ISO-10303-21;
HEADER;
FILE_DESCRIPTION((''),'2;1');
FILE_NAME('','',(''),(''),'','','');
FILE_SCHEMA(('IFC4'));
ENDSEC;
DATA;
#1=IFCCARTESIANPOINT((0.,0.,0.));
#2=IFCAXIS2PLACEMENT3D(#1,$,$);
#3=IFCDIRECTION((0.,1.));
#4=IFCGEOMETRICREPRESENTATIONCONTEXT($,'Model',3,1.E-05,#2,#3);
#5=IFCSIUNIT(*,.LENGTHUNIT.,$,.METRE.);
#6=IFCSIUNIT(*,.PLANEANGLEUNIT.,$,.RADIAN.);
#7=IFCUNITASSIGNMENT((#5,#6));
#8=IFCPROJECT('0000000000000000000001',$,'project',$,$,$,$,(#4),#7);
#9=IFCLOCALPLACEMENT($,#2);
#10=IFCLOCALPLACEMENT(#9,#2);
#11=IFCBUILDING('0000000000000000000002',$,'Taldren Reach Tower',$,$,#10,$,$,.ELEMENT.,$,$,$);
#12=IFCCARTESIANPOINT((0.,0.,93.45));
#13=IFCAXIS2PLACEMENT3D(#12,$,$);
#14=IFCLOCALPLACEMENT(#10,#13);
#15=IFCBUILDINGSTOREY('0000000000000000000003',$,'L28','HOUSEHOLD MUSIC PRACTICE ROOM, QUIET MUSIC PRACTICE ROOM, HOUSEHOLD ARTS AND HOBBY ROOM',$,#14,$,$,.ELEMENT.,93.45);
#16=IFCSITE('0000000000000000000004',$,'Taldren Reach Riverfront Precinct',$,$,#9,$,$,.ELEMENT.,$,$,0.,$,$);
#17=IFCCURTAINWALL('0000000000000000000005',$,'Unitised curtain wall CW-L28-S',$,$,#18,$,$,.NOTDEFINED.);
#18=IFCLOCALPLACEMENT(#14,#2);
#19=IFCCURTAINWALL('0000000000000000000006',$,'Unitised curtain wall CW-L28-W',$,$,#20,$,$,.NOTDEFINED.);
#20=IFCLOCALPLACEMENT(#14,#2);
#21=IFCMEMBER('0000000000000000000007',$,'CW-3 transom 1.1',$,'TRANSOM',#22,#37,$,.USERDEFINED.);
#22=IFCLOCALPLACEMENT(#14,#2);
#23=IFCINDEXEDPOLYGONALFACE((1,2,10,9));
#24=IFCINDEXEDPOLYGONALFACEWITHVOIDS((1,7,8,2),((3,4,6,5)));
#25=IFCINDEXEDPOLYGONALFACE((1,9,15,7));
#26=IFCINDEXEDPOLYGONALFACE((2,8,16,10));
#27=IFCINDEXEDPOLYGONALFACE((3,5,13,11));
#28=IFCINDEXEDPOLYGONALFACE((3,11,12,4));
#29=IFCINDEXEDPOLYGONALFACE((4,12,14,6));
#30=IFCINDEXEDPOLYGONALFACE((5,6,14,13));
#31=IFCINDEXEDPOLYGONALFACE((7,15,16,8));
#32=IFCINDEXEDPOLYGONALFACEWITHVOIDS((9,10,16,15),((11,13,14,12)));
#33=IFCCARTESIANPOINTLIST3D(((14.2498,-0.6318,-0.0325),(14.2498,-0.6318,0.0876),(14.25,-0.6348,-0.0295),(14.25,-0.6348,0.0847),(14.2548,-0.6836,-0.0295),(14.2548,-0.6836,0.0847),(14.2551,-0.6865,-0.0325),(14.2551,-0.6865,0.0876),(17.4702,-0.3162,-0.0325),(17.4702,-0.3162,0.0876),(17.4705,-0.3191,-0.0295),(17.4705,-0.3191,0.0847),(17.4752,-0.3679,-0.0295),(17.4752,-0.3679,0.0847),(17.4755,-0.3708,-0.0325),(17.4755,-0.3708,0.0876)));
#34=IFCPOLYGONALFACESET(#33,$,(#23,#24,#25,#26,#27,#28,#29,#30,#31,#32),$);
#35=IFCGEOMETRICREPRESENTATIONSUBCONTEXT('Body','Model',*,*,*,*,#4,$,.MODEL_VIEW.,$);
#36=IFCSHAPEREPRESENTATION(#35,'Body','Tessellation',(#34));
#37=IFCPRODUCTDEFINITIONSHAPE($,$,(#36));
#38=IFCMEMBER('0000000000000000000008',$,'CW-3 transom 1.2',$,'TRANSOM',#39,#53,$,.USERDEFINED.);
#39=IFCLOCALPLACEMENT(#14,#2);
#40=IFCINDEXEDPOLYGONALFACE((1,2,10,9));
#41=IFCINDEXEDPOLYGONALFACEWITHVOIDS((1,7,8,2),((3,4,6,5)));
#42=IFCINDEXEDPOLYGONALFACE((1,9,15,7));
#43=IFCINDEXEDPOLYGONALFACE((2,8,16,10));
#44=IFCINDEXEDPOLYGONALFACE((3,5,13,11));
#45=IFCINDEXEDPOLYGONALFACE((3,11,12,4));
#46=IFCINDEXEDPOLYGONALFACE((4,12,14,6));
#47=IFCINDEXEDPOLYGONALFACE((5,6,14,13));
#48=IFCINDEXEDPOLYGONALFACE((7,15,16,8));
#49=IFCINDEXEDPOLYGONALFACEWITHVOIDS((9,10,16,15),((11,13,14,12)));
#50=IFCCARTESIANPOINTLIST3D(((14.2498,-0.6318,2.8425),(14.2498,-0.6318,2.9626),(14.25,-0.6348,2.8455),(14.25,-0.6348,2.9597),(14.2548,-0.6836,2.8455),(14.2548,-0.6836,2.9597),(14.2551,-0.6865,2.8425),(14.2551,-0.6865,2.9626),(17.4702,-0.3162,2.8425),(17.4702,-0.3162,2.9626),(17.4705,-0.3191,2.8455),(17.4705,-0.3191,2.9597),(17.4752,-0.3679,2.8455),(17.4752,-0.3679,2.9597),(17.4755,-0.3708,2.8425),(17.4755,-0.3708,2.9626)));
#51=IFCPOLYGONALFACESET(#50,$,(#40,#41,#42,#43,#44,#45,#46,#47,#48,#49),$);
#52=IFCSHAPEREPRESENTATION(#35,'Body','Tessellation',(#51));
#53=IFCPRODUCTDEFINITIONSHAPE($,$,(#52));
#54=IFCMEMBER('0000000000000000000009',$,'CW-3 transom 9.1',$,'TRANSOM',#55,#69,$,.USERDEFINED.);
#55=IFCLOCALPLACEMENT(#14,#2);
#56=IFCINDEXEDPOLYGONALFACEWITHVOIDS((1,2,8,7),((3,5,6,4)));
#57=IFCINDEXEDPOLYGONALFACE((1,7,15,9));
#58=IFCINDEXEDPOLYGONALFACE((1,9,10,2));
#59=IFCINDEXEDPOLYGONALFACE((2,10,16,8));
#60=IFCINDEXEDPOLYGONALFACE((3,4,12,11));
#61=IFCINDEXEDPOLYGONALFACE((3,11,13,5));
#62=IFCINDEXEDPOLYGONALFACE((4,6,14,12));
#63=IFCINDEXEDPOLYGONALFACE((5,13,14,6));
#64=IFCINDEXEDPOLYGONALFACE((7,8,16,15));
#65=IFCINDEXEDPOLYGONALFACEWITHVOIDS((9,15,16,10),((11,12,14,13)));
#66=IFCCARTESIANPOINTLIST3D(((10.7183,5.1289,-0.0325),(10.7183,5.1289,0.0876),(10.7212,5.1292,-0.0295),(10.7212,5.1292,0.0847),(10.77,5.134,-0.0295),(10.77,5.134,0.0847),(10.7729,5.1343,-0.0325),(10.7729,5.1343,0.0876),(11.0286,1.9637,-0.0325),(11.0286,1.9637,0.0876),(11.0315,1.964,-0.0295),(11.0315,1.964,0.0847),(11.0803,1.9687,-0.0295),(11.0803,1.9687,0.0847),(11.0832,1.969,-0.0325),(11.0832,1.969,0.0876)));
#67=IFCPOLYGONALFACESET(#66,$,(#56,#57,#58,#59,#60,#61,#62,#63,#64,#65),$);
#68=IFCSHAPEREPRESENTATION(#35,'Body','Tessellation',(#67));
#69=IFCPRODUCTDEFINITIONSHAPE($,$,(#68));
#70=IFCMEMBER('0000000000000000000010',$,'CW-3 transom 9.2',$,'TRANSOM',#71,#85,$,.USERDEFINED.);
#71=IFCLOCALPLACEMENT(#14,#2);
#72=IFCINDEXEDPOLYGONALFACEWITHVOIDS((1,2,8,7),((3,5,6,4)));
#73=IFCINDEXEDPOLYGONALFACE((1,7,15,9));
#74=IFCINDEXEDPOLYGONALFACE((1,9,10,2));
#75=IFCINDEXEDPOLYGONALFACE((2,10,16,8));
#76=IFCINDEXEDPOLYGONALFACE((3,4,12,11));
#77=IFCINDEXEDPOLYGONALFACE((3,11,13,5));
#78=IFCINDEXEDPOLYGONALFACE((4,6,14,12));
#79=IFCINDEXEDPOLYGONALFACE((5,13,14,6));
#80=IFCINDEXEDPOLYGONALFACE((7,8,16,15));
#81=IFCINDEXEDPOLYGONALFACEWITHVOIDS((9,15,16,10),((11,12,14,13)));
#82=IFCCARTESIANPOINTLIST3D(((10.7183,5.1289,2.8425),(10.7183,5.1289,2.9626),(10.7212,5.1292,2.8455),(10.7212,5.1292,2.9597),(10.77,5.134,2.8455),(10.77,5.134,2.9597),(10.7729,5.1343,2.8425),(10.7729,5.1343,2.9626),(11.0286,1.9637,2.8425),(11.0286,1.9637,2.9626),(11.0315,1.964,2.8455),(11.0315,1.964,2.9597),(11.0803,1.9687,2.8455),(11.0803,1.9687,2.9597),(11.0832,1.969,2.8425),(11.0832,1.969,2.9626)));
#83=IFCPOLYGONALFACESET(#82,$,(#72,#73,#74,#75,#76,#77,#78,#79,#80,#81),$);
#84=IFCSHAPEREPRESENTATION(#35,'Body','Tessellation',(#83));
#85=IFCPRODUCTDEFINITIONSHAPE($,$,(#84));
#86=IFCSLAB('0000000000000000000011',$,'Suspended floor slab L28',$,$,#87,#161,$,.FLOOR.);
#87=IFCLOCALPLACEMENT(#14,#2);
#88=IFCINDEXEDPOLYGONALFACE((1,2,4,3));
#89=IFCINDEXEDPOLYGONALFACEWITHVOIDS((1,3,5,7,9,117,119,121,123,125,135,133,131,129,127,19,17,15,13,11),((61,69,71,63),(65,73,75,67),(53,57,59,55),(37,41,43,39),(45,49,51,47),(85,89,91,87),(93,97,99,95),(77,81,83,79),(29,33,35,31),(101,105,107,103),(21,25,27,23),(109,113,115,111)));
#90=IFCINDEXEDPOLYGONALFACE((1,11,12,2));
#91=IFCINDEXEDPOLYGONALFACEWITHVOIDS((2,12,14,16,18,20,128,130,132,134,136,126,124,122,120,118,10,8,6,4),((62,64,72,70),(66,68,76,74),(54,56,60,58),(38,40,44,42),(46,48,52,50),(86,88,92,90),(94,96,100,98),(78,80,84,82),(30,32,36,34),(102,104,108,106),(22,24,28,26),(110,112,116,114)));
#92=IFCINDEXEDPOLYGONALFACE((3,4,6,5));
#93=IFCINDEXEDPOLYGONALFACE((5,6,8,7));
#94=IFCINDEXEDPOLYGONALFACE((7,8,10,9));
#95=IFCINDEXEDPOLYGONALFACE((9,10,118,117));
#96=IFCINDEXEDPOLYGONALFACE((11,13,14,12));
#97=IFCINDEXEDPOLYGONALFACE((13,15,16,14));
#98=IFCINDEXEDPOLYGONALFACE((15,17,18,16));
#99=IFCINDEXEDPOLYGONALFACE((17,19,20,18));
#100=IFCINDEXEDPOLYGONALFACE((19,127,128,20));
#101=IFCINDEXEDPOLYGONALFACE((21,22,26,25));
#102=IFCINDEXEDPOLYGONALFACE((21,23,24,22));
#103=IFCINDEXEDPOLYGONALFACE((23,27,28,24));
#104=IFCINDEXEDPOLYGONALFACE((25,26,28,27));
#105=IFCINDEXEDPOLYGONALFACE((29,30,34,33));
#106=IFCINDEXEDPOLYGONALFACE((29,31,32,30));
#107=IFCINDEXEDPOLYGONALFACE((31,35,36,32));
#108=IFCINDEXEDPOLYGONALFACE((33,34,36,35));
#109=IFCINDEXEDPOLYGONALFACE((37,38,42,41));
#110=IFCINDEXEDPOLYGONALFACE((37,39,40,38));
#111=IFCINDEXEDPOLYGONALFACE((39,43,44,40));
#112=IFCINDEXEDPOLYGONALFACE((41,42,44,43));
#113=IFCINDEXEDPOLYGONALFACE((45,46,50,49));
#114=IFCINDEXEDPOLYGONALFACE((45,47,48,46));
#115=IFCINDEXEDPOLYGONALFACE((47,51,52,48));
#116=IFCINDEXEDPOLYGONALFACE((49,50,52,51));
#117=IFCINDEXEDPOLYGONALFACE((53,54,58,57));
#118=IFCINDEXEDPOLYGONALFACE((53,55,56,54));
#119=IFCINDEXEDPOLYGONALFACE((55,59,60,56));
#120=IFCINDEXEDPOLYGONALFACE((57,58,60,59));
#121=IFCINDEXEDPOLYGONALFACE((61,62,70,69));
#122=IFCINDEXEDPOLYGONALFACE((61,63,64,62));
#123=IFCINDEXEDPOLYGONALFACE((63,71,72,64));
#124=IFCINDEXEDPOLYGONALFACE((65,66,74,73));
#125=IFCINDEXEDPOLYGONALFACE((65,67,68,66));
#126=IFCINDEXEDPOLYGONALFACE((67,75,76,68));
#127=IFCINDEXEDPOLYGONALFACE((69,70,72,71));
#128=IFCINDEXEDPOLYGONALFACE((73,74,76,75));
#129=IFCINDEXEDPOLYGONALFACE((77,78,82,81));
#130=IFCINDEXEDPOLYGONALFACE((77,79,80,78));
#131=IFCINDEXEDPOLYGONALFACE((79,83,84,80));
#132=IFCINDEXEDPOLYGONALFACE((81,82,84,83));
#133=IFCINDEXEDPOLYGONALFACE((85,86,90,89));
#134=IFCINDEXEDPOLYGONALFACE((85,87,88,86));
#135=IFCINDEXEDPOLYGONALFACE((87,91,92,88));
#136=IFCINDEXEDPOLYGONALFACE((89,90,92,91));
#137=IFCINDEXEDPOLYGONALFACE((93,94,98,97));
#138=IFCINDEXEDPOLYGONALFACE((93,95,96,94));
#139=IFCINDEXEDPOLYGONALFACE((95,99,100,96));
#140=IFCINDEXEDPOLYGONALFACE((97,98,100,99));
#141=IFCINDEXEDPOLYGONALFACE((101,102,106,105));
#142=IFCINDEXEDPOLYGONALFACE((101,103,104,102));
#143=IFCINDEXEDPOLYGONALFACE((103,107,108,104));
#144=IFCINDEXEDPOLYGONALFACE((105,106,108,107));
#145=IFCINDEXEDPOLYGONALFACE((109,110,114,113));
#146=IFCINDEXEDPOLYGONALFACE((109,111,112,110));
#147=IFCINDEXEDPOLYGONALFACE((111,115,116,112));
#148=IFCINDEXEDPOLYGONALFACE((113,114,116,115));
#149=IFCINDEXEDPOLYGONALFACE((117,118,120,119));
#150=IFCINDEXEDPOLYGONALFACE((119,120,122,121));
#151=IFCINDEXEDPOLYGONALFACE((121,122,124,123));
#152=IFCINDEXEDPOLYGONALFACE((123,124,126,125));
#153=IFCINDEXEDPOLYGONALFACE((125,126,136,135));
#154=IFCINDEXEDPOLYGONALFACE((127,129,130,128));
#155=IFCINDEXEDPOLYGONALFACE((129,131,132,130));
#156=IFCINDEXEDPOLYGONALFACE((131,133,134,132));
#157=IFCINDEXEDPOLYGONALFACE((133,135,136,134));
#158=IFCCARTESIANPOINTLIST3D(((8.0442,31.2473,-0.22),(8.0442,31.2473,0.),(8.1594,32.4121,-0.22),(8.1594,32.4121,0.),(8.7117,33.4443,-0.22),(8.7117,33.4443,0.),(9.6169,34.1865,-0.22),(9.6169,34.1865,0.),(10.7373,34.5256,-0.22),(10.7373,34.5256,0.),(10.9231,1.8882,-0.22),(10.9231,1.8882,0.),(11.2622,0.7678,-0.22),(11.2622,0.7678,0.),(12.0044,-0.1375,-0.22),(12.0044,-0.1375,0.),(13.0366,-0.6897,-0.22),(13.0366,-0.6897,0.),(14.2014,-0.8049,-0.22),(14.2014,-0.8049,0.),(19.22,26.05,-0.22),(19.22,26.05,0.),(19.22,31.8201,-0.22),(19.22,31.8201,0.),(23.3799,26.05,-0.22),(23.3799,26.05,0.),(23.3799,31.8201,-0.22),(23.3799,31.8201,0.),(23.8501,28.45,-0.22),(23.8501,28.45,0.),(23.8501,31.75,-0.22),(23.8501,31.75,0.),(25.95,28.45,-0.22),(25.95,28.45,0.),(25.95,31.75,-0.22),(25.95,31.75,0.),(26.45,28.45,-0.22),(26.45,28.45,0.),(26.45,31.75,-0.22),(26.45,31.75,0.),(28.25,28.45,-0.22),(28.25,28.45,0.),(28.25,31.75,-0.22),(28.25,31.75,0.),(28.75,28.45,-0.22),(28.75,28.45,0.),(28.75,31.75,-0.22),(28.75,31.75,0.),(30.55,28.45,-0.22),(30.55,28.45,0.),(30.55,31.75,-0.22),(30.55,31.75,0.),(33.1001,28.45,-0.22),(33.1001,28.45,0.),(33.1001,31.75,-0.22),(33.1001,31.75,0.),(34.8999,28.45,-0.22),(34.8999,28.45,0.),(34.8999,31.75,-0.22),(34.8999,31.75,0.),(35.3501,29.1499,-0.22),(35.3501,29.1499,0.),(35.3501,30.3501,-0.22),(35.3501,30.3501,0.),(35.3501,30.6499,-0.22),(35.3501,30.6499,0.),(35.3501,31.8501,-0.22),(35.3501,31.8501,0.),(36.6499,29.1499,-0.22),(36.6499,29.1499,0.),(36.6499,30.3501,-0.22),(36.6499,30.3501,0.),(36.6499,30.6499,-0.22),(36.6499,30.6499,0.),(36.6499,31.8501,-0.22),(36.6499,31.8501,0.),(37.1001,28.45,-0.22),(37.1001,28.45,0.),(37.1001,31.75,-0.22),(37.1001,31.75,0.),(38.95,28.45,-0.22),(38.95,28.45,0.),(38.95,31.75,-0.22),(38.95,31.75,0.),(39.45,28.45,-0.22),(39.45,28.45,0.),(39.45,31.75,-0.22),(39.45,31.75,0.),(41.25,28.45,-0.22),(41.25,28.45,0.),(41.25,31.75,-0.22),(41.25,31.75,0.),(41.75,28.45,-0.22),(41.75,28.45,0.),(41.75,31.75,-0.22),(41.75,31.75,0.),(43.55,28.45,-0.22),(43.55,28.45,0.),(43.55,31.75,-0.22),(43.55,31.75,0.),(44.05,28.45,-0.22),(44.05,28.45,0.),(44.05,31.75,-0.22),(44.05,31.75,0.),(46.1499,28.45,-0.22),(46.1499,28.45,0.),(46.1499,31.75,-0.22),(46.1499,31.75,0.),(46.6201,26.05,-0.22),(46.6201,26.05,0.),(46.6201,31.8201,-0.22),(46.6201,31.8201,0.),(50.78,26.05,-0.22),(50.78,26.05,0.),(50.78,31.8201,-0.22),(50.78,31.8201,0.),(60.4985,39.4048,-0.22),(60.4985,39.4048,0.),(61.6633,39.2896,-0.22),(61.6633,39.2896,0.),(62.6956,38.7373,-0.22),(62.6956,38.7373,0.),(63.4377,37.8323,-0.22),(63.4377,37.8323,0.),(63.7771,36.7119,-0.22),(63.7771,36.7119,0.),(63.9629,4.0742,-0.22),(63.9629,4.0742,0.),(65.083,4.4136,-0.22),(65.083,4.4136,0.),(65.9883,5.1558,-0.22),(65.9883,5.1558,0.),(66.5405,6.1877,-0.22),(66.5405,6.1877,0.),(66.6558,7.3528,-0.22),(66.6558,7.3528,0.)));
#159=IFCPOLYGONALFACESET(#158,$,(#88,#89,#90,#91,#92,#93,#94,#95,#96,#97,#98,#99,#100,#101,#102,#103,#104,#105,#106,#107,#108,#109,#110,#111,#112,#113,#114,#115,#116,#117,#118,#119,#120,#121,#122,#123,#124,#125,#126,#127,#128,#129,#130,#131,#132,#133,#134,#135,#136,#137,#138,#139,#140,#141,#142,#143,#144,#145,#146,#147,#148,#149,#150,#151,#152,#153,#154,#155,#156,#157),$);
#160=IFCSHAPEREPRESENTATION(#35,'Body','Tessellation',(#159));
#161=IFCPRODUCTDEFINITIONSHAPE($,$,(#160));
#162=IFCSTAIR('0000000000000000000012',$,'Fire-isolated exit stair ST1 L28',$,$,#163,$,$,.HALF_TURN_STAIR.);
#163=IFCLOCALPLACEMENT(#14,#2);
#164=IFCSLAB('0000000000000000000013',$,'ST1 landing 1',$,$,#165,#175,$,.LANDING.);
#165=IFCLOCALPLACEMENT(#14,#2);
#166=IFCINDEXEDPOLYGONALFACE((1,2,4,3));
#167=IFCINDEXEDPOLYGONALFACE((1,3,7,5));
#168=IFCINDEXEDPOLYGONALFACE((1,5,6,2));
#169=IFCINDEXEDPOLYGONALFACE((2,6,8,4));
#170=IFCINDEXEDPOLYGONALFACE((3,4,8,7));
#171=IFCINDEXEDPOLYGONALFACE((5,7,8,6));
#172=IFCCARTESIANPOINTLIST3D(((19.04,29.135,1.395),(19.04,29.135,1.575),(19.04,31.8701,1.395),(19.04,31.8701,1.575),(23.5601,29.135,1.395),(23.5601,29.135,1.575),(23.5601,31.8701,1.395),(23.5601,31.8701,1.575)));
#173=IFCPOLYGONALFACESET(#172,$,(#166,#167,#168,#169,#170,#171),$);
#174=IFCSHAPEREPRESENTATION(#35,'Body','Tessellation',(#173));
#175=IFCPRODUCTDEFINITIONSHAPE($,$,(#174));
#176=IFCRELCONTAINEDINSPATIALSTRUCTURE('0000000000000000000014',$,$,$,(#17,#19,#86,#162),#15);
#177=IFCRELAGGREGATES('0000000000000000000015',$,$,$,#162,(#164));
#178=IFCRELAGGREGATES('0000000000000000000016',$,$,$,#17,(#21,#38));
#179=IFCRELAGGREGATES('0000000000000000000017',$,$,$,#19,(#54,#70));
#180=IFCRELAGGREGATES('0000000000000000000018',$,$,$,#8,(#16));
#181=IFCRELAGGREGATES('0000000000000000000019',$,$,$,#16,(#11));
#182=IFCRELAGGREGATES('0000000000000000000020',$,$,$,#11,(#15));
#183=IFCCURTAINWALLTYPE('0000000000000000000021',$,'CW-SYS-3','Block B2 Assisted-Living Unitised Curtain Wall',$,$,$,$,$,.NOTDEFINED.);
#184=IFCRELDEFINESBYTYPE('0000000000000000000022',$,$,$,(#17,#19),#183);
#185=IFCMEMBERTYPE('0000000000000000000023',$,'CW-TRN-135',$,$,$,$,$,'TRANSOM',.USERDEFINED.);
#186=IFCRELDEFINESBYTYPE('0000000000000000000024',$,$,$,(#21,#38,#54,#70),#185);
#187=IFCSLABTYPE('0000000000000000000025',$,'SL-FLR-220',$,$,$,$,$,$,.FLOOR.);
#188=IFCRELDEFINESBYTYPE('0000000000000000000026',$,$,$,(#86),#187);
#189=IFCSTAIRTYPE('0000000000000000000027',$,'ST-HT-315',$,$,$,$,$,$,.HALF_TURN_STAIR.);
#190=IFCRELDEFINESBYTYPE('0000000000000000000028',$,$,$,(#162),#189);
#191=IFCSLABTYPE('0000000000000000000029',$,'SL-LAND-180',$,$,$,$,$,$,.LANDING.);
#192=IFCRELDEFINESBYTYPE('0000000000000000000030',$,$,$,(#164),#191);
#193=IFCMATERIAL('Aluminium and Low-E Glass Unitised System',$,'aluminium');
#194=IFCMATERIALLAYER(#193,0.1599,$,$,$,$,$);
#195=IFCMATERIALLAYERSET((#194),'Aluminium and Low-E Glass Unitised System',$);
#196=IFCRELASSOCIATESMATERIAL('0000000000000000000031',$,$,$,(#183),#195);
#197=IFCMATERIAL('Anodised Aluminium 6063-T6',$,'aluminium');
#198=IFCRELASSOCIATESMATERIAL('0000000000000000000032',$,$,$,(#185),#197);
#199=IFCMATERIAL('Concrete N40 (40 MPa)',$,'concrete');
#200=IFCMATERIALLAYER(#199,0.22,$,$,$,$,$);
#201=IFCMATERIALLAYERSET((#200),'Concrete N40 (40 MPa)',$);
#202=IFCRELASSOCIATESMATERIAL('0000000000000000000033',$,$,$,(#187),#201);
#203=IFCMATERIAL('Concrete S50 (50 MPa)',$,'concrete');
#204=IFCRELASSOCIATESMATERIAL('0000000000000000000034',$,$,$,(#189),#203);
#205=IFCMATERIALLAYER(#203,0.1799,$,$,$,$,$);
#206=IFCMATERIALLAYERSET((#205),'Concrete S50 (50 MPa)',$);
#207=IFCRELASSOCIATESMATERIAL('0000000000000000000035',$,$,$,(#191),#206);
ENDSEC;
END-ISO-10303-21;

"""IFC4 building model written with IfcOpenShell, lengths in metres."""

from ifc_helpers import new_model, si_unit, direction, frame, origin, origin_2d, place, context, subcontext, project, spatial, polyline, hollow_rectangle, outline, extrude, source, transform, mapped, material, layer, layer_set, material_profile, profile_set, type_object, element, aggregate, save


model = new_model("IFC4")

# Units and contexts
model_context = context("Model", 3, precision=1e-05, world=origin(), true_north=direction((0.0, 1.0)))
body_context = subcontext(model_context, "Body", "Model", "MODEL_VIEW")
ifc_project = project(units=[si_unit("LENGTHUNIT", "METRE"), si_unit("PLANEANGLEUNIT", "RADIAN")], contexts=[model_context])

# Site, building, storey
site_placement = place(None, origin())
site = spatial("IfcSite", under=ifc_project, at=site_placement, Name="Taldren Reach Riverfront Precinct", CompositionType="ELEMENT", RefElevation=0.0)
building_placement = place(site_placement, origin())
building = spatial("IfcBuilding", under=site, at=building_placement, Name="Taldren Reach Tower", CompositionType="ELEMENT")
storey_placement = place(building_placement, frame((0.0, 0.0, 93.45)))
storey = spatial("IfcBuildingStorey", under=building, at=storey_placement, Name="L28", Description="HOUSEHOLD MUSIC PRACTICE ROOM, QUIET MUSIC PRACTICE ROOM, HOUSEHOLD ARTS AND HOBBY ROOM", CompositionType="ELEMENT", Elevation=93.45)

# Curtain wall
ifc_material_1 = material(Name="Aluminium and Low-E Glass Unitised System", Category="aluminium")
ifc_layer_1 = layer(ifc_material_1, 0.1599)
ifc_layer_set_1 = layer_set([ifc_layer_1], Name="Aluminium and Low-E Glass Unitised System")
curtain_wall_type = type_object("IfcCurtainWallType", Name="CW-SYS-3", Description="Block B2 Assisted-Living Unitised Curtain Wall", PredefinedType="NOTDEFINED", material=ifc_layer_set_1)
curtain_wall_1_placement = place(storey_placement, origin())
curtain_wall_1 = element("IfcCurtainWall", 1, at=curtain_wall_1_placement, inside=storey, type_object=curtain_wall_type, Name="Unitised curtain wall CW-L28-S", PredefinedType="NOTDEFINED")
ifc_material_2 = material(Name="Anodised Aluminium 6063-T6", Category="aluminium")

# Curtain wall
curtain_wall_2_placement = place(storey_placement, origin())
curtain_wall_2 = element("IfcCurtainWall", 2, at=curtain_wall_2_placement, inside=storey, type_object=curtain_wall_type, Name="Unitised curtain wall CW-L28-W", PredefinedType="NOTDEFINED")

# Members
ifc_material_profile_1 = material_profile(ifc_material_2, hollow_rectangle(XDim=0.0549, YDim=0.1201, WallThickness=0.0029, at=origin_2d()), Name="ALU-120x55x3RHS")
ifc_profile_set_1 = profile_set([ifc_material_profile_1], Name="Anodised Aluminium 6063-T6")
member_type_1 = type_object("IfcMemberType", Name="CW-TRN-135", ElementType="TRANSOM", PredefinedType="USERDEFINED", material=ifc_profile_set_1)
shared_shape_1 = source(origin(), body_context, "Body", "SweptSolid", [
    extrude(hollow_rectangle(XDim=0.0549, YDim=0.1201, WallThickness=0.0029, at=origin_2d()), origin(), (0.0, 0.0, 1.0), 3.2358),
])
member_1_placement = place(storey_placement, frame((14.2524, -0.6592, 0.0276), z_axis=(0.99523, 0.097554, 0.0), x_axis=(-0.097554, 0.99523, 0.0)))
member_1 = element("IfcMember", 3, at=member_1_placement, type_object=member_type_1, Name="CW-3 transom 1.1", ObjectType="TRANSOM", PredefinedType="USERDEFINED", context=body_context, shape_type="MappedRepresentation", body=[
    mapped(shared_shape_1, transform((0.0, 0.0, 0.0), scale=1.0)),
])
member_2_placement = place(storey_placement, frame((14.2524, -0.6592, 2.9026), z_axis=(0.99523, 0.097554, 0.0), x_axis=(-0.097554, 0.99523, 0.0)))
member_2 = element("IfcMember", 4, at=member_2_placement, type_object=member_type_1, Name="CW-3 transom 1.2", ObjectType="TRANSOM", PredefinedType="USERDEFINED", context=body_context, shape_type="MappedRepresentation", body=[
    mapped(shared_shape_1, transform((0.0, 0.0, 0.0), scale=1.0)),
])
shared_shape_2 = source(origin(), body_context, "Body", "SweptSolid", [
    extrude(hollow_rectangle(XDim=0.0549, YDim=0.1201, WallThickness=0.0029, at=origin_2d()), origin(), (0.0, 0.0, 1.0), 3.1804),
])
member_3_placement = place(storey_placement, frame((10.7456, 5.1316, 0.0276), z_axis=(0.097565, -0.995229, 0.0), x_axis=(0.995229, 0.097565, 0.0)))
member_3 = element("IfcMember", 5, at=member_3_placement, type_object=member_type_1, Name="CW-3 transom 9.1", ObjectType="TRANSOM", PredefinedType="USERDEFINED", context=body_context, shape_type="MappedRepresentation", body=[
    mapped(shared_shape_2, transform((0.0, 0.0, 0.0), scale=1.0)),
])
member_4_placement = place(storey_placement, frame((10.7456, 5.1316, 2.9026), z_axis=(0.097565, -0.995229, 0.0), x_axis=(0.995229, 0.097565, 0.0)))
member_4 = element("IfcMember", 6, at=member_4_placement, type_object=member_type_1, Name="CW-3 transom 9.2", ObjectType="TRANSOM", PredefinedType="USERDEFINED", context=body_context, shape_type="MappedRepresentation", body=[
    mapped(shared_shape_2, transform((0.0, 0.0, 0.0), scale=1.0)),
])

# Slab
ifc_material_3 = material(Name="Concrete N40 (40 MPa)", Category="concrete")
ifc_layer_2 = layer(ifc_material_3, 0.22)
ifc_layer_set_2 = layer_set([ifc_layer_2], Name="Concrete N40 (40 MPa)")
slab_type_1 = type_object("IfcSlabType", Name="SL-FLR-220", PredefinedType="FLOOR", material=ifc_layer_set_2)
slab_1_placement = place(storey_placement, frame((0.0, 0.0, -0.22)))
element("IfcSlab", 7, at=slab_1_placement, inside=storey, type_object=slab_type_1, Name="Suspended floor slab L28", PredefinedType="FLOOR", context=body_context, shape_type="SweptSolid", body=[
    extrude(outline(polyline([(63.9629, 4.0742), (65.083, 4.4136), (65.9883, 5.1558), (66.5405, 6.1877), (66.6558, 7.3528), (63.7771, 36.7119), (63.4377, 37.8323), (62.6956, 38.7373), (61.6633, 39.2896), (60.4985, 39.4048), (10.7373, 34.5256), (9.6169, 34.1865), (8.7117, 33.4443), (8.1594, 32.4121), (8.0442, 31.2473), (10.9231, 1.8882), (11.2622, 0.7678), (12.0044, -0.1375), (13.0366, -0.6897), (14.2014, -0.8049), (63.9629, 4.0742)]), holes=[polyline([(19.22, 26.05), (23.3799, 26.05), (23.3799, 31.8201), (19.22, 31.8201), (19.22, 26.05)]), polyline([(46.6201, 26.05), (50.78, 26.05), (50.78, 31.8201), (46.6201, 31.8201), (46.6201, 26.05)]), polyline([(23.8501, 28.45), (25.95, 28.45), (25.95, 31.75), (23.8501, 31.75), (23.8501, 28.45)]), polyline([(44.05, 28.45), (46.1499, 28.45), (46.1499, 31.75), (44.05, 31.75), (44.05, 28.45)]), polyline([(26.45, 28.45), (28.25, 28.45), (28.25, 31.75), (26.45, 31.75), (26.45, 28.45)]), polyline([(28.75, 28.45), (30.55, 28.45), (30.55, 31.75), (28.75, 31.75), (28.75, 28.45)]), polyline([(33.1001, 28.45), (34.8999, 28.45), (34.8999, 31.75), (33.1001, 31.75), (33.1001, 28.45)]), polyline([(37.1001, 28.45), (38.95, 28.45), (38.95, 31.75), (37.1001, 31.75), (37.1001, 28.45)]), polyline([(39.45, 28.45), (41.25, 28.45), (41.25, 31.75), (39.45, 31.75), (39.45, 28.45)]), polyline([(41.75, 28.45), (43.55, 28.45), (43.55, 31.75), (41.75, 31.75), (41.75, 28.45)]), polyline([(35.3501, 30.6499), (36.6499, 30.6499), (36.6499, 31.8501), (35.3501, 31.8501), (35.3501, 30.6499)]), polyline([(35.3501, 29.1499), (36.6499, 29.1499), (36.6499, 30.3501), (35.3501, 30.3501), (35.3501, 29.1499)])]), origin(), (0.0, 0.0, 1.0), 0.22),
])

# Stair, slab
ifc_material_4 = material(Name="Concrete S50 (50 MPa)", Category="concrete")
stair_type = type_object("IfcStairType", Name="ST-HT-315", PredefinedType="HALF_TURN_STAIR", material=ifc_material_4)
stair_1_placement = place(storey_placement, origin())
stair_1 = element("IfcStair", 8, at=stair_1_placement, inside=storey, type_object=stair_type, Name="Fire-isolated exit stair ST1 L28", PredefinedType="HALF_TURN_STAIR")
ifc_layer_3 = layer(ifc_material_4, 0.1799)
ifc_layer_set_3 = layer_set([ifc_layer_3], Name="Concrete S50 (50 MPa)")
slab_type_2 = type_object("IfcSlabType", Name="SL-LAND-180", PredefinedType="LANDING", material=ifc_layer_set_3)
slab_2_placement = place(storey_placement, frame((0.0, 0.0, 1.395)))
slab_2 = element("IfcSlab", 9, at=slab_2_placement, type_object=slab_type_2, Name="ST1 landing 1", PredefinedType="LANDING", context=body_context, shape_type="SweptSolid", body=[
    extrude(outline(polyline([(19.04, 29.135), (23.5601, 29.135), (23.5601, 31.8701), (19.04, 31.8701), (19.04, 29.135)])), origin(), (0.0, 0.0, 1.0), 0.1799),
])
aggregate(stair_1, [slab_2])

aggregate(curtain_wall_1, [member_1, member_2])
aggregate(curtain_wall_2, [member_3, member_4])

save(model, "model.ifc")
